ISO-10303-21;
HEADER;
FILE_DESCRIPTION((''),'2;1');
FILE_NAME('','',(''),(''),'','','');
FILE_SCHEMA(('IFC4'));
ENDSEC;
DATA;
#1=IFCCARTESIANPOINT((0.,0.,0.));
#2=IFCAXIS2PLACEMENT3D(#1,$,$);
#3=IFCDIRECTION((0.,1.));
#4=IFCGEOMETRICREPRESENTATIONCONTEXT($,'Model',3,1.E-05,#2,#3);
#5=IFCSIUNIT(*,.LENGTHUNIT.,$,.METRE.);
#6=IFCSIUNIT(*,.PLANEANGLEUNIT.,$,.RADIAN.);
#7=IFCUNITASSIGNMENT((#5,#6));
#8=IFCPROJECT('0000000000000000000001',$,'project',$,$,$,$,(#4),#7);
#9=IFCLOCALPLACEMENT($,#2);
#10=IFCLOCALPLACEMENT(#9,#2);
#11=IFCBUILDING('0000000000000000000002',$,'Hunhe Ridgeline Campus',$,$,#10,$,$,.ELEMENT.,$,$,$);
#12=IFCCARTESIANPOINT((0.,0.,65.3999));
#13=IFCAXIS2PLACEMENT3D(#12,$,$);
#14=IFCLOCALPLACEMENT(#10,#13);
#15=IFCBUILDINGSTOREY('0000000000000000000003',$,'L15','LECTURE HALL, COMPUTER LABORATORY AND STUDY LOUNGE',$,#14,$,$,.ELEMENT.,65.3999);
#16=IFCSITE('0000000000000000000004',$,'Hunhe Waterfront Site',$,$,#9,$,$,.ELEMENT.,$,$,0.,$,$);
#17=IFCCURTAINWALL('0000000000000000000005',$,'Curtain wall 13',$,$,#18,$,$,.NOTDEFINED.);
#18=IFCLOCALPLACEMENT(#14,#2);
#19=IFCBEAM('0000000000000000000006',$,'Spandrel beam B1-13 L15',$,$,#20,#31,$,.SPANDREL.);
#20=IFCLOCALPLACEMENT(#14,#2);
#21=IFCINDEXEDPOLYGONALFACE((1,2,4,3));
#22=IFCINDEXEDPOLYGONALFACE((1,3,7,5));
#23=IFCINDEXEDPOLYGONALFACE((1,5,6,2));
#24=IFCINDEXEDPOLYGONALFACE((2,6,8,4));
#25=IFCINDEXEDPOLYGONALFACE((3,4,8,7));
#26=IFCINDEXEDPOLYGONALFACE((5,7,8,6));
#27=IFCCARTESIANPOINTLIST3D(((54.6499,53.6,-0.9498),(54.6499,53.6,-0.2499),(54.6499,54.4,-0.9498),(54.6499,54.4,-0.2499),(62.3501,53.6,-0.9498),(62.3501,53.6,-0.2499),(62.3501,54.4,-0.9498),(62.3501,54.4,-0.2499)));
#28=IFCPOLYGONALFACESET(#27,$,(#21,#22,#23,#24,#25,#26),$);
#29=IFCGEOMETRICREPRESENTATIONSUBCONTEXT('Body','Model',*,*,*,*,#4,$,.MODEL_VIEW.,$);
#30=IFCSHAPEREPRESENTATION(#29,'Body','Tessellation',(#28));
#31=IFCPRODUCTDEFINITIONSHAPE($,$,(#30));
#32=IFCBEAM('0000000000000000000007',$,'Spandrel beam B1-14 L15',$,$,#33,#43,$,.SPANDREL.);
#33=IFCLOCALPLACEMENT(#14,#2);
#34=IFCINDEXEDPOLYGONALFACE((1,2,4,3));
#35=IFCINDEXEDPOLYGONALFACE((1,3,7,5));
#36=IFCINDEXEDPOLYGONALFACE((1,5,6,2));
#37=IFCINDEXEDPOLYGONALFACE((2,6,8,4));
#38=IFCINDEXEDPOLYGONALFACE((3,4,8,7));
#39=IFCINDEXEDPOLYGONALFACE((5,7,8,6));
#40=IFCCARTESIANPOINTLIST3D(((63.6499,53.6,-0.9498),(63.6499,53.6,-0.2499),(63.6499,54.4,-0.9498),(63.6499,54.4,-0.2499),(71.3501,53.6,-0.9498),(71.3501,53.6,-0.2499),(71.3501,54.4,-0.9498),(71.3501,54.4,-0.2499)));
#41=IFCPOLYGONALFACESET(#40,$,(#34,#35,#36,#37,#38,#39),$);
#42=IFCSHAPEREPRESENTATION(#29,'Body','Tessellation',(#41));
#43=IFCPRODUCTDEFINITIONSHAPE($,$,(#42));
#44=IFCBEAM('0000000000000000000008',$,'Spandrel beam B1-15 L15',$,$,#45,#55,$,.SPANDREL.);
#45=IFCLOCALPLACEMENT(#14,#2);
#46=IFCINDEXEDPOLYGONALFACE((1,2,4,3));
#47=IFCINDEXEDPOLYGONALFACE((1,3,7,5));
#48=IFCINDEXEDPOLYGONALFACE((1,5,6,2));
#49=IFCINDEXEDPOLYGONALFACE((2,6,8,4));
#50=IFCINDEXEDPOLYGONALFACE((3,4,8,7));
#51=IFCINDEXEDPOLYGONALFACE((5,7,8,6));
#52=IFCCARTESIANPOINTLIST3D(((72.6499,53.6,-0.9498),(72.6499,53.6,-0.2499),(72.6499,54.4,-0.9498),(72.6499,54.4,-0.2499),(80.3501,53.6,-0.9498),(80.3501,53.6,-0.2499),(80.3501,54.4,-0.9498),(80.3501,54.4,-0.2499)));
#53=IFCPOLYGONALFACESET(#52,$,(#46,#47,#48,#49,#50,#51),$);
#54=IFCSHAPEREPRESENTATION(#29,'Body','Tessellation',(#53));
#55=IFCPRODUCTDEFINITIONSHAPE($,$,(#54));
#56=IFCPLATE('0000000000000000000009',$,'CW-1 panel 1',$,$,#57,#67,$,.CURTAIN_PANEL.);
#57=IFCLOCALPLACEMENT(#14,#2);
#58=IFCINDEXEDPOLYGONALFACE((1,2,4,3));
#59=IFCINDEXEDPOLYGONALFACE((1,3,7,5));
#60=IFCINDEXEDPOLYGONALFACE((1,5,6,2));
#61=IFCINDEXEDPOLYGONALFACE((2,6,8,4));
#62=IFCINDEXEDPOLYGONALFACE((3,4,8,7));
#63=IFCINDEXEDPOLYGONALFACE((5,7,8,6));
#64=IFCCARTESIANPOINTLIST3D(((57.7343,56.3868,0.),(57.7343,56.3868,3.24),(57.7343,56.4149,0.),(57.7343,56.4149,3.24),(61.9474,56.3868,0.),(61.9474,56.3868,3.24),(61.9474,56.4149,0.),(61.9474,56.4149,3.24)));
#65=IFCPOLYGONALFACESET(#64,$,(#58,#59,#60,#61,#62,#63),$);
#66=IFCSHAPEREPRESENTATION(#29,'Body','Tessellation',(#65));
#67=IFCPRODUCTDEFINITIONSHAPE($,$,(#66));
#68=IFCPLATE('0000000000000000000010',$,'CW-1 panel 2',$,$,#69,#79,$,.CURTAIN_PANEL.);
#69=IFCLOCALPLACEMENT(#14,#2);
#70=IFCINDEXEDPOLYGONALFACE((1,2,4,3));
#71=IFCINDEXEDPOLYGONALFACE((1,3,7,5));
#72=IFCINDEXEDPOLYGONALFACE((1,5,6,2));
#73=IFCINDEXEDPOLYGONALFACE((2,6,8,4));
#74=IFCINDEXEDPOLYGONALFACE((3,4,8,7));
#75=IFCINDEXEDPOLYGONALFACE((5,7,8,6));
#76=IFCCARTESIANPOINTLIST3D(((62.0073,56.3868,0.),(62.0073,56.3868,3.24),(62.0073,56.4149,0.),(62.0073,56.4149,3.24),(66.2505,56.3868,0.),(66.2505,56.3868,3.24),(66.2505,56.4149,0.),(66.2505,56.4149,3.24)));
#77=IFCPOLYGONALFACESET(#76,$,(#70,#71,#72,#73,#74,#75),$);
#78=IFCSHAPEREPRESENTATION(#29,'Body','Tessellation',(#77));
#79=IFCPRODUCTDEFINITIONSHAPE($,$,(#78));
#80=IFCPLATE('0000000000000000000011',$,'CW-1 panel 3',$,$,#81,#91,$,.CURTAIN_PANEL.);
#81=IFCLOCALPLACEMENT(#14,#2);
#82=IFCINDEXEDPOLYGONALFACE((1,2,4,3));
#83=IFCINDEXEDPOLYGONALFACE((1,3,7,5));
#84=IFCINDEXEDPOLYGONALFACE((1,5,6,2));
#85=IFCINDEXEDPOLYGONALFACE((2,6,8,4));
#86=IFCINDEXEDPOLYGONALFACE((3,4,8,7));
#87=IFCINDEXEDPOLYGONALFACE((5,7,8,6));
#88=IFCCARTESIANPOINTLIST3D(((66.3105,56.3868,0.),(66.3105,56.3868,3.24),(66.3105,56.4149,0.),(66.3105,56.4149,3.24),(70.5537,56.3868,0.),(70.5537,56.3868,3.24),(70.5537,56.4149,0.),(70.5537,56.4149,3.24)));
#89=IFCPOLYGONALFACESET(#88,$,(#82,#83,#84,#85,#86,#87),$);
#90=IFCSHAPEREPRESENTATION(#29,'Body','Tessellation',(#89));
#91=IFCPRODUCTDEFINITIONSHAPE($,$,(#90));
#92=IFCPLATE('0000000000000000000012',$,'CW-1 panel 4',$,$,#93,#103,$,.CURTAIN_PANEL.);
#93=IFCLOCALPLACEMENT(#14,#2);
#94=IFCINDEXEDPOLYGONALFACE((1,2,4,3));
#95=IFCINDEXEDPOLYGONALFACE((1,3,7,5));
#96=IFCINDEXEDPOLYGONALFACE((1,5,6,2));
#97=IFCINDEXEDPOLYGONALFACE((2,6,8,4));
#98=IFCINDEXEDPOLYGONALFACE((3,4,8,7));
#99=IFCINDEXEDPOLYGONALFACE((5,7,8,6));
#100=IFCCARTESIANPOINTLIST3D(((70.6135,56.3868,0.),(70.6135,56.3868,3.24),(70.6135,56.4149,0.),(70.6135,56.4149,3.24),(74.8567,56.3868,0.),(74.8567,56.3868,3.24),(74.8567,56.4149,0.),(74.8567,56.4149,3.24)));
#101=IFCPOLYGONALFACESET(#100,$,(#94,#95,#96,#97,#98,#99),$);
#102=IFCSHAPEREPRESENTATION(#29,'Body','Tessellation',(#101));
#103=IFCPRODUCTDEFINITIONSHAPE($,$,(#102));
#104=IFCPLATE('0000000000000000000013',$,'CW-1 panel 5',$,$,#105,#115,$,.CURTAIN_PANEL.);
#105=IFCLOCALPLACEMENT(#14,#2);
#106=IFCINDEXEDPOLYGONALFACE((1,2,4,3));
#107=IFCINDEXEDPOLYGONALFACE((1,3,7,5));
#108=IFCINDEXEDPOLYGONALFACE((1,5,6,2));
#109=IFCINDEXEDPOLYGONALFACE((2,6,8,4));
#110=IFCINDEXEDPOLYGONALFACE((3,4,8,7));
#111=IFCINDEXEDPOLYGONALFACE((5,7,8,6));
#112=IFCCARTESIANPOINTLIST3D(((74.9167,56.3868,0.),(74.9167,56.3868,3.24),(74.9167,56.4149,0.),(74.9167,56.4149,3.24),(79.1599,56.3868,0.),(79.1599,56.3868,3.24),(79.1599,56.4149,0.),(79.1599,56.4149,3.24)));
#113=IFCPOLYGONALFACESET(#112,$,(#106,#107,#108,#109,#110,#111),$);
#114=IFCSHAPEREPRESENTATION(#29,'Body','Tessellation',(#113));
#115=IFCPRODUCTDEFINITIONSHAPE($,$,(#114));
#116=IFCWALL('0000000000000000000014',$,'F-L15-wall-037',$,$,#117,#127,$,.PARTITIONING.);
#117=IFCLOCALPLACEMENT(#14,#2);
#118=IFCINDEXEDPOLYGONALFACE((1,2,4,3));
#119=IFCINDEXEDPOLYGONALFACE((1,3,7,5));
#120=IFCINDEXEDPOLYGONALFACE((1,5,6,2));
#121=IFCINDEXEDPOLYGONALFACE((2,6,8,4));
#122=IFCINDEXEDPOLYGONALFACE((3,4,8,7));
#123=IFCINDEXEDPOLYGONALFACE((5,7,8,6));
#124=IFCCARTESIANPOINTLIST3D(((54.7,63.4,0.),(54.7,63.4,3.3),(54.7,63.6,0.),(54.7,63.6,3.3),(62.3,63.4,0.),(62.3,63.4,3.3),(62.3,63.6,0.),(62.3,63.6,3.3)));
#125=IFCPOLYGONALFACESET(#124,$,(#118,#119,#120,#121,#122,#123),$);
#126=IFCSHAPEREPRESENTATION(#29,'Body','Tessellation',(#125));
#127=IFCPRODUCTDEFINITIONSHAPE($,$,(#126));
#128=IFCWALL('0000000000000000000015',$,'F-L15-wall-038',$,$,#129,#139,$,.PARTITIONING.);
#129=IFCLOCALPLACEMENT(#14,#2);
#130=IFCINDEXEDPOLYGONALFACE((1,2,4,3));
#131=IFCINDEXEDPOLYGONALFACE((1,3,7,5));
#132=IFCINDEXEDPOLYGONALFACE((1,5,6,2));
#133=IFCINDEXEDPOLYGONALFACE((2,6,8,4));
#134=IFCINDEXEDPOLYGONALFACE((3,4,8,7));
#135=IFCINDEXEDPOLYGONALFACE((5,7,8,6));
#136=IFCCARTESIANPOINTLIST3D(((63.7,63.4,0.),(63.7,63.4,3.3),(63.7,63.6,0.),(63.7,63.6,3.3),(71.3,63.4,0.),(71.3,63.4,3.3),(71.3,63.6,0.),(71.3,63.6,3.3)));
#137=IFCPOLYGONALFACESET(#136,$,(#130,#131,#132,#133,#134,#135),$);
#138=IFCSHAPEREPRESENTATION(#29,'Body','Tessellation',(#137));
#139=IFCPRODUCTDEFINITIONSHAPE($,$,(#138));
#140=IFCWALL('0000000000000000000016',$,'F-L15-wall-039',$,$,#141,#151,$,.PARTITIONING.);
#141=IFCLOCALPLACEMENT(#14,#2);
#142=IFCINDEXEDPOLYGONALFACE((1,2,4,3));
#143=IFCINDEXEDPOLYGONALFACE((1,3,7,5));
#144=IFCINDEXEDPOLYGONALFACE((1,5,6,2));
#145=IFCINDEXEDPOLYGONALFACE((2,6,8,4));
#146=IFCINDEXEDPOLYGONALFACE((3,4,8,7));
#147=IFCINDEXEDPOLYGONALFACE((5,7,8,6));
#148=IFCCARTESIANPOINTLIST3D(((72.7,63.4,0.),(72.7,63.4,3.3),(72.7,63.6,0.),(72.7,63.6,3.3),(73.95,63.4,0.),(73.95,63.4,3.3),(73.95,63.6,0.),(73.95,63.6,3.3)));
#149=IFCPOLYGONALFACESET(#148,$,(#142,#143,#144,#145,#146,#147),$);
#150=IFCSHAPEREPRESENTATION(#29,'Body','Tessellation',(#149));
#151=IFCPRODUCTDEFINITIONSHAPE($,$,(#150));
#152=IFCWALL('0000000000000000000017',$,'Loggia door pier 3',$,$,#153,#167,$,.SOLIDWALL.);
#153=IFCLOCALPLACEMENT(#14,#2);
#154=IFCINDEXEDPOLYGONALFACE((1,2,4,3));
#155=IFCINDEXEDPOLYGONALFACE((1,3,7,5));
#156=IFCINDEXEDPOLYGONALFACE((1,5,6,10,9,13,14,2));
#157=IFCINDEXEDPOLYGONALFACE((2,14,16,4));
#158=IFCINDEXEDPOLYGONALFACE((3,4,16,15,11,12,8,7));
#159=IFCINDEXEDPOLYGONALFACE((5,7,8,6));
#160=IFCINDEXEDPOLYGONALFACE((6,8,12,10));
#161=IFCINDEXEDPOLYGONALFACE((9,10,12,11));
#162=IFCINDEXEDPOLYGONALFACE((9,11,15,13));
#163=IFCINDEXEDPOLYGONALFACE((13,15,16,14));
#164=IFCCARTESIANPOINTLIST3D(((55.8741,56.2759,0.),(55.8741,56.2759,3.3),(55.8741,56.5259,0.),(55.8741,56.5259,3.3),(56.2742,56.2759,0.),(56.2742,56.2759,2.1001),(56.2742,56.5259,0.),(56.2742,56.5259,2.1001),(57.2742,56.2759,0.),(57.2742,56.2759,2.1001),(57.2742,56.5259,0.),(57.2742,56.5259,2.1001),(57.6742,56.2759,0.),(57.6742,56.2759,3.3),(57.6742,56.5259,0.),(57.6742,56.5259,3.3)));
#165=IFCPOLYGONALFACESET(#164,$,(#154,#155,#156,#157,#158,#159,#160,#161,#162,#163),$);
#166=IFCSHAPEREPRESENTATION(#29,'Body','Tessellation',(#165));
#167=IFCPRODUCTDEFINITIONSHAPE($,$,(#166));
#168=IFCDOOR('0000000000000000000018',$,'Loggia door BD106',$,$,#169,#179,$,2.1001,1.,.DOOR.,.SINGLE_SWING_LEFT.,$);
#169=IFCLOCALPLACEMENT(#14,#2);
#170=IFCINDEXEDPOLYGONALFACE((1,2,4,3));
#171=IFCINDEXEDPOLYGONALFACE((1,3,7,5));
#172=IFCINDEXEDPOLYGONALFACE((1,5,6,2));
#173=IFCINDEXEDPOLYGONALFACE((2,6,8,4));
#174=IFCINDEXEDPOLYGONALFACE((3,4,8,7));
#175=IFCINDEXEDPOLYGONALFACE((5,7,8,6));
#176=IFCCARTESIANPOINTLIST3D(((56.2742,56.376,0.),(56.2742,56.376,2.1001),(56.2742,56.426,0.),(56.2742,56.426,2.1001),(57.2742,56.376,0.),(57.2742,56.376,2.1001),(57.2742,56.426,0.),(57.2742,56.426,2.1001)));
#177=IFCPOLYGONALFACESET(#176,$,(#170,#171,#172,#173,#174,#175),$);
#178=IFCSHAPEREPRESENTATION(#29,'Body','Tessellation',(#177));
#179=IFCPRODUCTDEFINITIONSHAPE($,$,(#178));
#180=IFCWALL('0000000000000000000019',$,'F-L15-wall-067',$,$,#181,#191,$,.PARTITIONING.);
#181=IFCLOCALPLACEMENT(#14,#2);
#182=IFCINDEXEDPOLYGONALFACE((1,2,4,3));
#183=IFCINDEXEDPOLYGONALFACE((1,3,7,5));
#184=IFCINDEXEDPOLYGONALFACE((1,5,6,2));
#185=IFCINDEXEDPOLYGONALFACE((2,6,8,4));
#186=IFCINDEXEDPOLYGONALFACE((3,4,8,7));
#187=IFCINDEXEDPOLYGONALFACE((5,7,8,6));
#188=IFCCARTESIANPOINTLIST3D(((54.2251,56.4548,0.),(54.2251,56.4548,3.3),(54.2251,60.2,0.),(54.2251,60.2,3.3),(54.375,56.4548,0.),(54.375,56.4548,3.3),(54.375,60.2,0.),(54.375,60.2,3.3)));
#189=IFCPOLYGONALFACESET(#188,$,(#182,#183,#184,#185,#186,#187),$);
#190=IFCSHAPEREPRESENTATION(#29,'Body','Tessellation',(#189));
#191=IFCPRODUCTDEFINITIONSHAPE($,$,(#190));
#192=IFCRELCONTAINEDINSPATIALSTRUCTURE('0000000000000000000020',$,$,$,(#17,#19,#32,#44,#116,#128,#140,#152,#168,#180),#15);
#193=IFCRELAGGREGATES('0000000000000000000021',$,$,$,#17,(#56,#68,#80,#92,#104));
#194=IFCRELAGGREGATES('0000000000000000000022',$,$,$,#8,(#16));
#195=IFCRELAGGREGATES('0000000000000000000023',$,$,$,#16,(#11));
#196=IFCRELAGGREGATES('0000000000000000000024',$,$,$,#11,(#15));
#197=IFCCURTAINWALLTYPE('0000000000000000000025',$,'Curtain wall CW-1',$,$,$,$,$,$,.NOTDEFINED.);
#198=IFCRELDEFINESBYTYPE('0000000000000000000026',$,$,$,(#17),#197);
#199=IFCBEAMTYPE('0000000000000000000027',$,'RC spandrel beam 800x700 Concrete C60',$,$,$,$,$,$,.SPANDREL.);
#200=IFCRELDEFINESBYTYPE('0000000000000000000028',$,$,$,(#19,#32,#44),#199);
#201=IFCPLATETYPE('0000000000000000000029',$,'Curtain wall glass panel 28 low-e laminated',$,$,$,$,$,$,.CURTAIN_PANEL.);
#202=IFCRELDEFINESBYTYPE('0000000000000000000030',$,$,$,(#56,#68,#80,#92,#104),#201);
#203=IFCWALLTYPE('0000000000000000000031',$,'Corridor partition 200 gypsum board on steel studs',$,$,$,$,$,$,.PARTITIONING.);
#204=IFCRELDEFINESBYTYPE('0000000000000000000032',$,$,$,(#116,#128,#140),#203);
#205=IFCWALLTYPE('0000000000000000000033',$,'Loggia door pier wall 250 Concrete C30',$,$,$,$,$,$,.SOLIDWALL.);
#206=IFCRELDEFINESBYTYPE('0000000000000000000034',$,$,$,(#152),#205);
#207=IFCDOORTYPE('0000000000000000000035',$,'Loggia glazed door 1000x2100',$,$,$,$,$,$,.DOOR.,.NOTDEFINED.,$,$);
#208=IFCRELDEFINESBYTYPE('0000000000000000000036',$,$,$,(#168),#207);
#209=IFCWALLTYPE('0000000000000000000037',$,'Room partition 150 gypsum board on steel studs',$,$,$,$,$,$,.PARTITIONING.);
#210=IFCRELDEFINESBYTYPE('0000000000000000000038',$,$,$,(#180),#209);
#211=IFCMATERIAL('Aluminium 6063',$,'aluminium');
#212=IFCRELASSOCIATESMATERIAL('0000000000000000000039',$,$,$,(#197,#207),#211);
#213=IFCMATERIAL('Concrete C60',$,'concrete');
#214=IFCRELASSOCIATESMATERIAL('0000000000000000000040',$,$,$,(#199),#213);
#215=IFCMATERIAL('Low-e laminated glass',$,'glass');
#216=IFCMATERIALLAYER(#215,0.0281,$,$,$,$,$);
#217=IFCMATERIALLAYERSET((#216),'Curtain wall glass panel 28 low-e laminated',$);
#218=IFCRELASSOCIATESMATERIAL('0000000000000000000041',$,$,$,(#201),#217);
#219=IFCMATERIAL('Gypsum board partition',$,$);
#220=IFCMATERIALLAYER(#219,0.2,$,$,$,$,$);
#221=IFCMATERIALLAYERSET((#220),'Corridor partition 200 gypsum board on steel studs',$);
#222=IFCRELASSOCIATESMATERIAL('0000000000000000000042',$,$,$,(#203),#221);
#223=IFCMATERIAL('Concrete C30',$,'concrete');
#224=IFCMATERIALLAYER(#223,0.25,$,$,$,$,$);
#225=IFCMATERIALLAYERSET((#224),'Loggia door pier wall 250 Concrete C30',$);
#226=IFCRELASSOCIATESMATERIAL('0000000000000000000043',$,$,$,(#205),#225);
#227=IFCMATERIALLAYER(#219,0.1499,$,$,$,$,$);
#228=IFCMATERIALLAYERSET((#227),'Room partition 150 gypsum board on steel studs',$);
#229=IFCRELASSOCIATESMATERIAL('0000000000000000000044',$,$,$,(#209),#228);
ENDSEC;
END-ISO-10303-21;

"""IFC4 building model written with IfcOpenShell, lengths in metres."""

from ifc_helpers import new_model, si_unit, direction, frame, frame_2d, origin, origin_2d, place, context, subcontext, project, spatial, rectangle, extrude, material, layer, layer_set, material_profile, profile_set, type_object, element, fill, aggregate, save


model = new_model("IFC4")

# Units and contexts
model_context = context("Model", 3, precision=1e-05, world=origin(), true_north=direction((0.0, 1.0)))
body_context = subcontext(model_context, "Body", "Model", "MODEL_VIEW")
ifc_project = project(units=[si_unit("LENGTHUNIT", "METRE"), si_unit("PLANEANGLEUNIT", "RADIAN")], contexts=[model_context])

# Site, building, storey
site_placement = place(None, origin())
site = spatial("IfcSite", under=ifc_project, at=site_placement, Name="Hunhe Waterfront Site", CompositionType="ELEMENT", RefElevation=0.0)
building_placement = place(site_placement, origin())
building = spatial("IfcBuilding", under=site, at=building_placement, Name="Hunhe Ridgeline Campus", CompositionType="ELEMENT")
storey_placement = place(building_placement, frame((0.0, 0.0, 65.3999)))
storey = spatial("IfcBuildingStorey", under=building, at=storey_placement, Name="L15", Description="LECTURE HALL, COMPUTER LABORATORY AND STUDY LOUNGE", CompositionType="ELEMENT", Elevation=65.3999)

# Shared definitions
ifc_material_1 = material(Name="Aluminium 6063", Category="aluminium")
curtain_wall_type = type_object("IfcCurtainWallType", Name="Curtain wall CW-1", PredefinedType="NOTDEFINED", material=ifc_material_1)

# Curtain wall
curtain_wall_1_placement = place(storey_placement, origin())
curtain_wall_1 = element("IfcCurtainWall", 1, at=curtain_wall_1_placement, inside=storey, type_object=curtain_wall_type, Name="Curtain wall 13", PredefinedType="NOTDEFINED")

# Beams
ifc_material_2 = material(Name="Concrete C60", Category="concrete")
ifc_material_profile_1 = material_profile(ifc_material_2, rectangle(XDim=0.8, YDim=0.7, at=origin_2d()))
ifc_profile_set_1 = profile_set([ifc_material_profile_1], Name="Concrete C60")
beam_type = type_object("IfcBeamType", Name="RC spandrel beam 800x700 Concrete C60", PredefinedType="SPANDREL", material=ifc_profile_set_1)
for number, where, z_axis, x_axis, name in (
    (2, (54.6499, 54.0, -0.5999), (1.0, 0.0, 0.0), (0.0, 1.0, 0.0), "Spandrel beam B1-13 L15"),
    (3, (63.6499, 54.0, -0.5999), (1.0, 0.0, 0.0), (0.0, 1.0, 0.0), "Spandrel beam B1-14 L15"),
    (4, (72.6499, 54.0, -0.5999), (1.0, 0.0, 0.0), (0.0, 1.0, 0.0), "Spandrel beam B1-15 L15"),
):
    element("IfcBeam", number, at=place(storey_placement, frame(where, z_axis=z_axis, x_axis=x_axis)), inside=storey, type_object=beam_type, Name=name, PredefinedType="SPANDREL", context=body_context, shape_type="SweptSolid", body=[
        extrude(rectangle(XDim=0.8, YDim=0.7, at=origin_2d()), origin(), (0.0, 0.0, 1.0), 7.7002),
    ])

# Plates
ifc_material_3 = material(Name="Low-e laminated glass", Category="glass")
ifc_layer_1 = layer(ifc_material_3, 0.0281)
ifc_layer_set_1 = layer_set([ifc_layer_1], Name="Curtain wall glass panel 28 low-e laminated")
plate_type = type_object("IfcPlateType", Name="Curtain wall glass panel 28 low-e laminated", PredefinedType="CURTAIN_PANEL", material=ifc_layer_set_1)
plate_1_placement = place(storey_placement, frame((59.8408, 56.4009, 0.0), z_axis=(0.0, 0.0, 1.0), x_axis=(1.0, 0.000004, 0.0)))
plate_1 = element("IfcPlate", 5, at=plate_1_placement, type_object=plate_type, Name="CW-1 panel 1", PredefinedType="CURTAIN_PANEL", context=body_context, shape_type="SweptSolid", body=[
    extrude(rectangle(XDim=4.2131, YDim=0.0281, at=origin_2d()), origin(), (0.0, 0.0, 1.0), 3.24),
])
plate_2_placement = place(storey_placement, frame((64.1289, 56.4009, 0.0), z_axis=(0.0, 0.0, 1.0), x_axis=(1.0, 0.000004, 0.0)))
plate_2 = element("IfcPlate", 6, at=plate_2_placement, type_object=plate_type, Name="CW-1 panel 2", PredefinedType="CURTAIN_PANEL", context=body_context, shape_type="SweptSolid", body=[
    extrude(rectangle(XDim=4.2432, YDim=0.0281, at=origin_2d()), origin(), (0.0, 0.0, 1.0), 3.24),
])
plate_3_placement = place(storey_placement, frame((68.4321, 56.4009, 0.0), z_axis=(0.0, 0.0, 1.0), x_axis=(1.0, 0.000004, 0.0)))
plate_3 = element("IfcPlate", 7, at=plate_3_placement, type_object=plate_type, Name="CW-1 panel 3", PredefinedType="CURTAIN_PANEL", context=body_context, shape_type="SweptSolid", body=[
    extrude(rectangle(XDim=4.2432, YDim=0.0281, at=origin_2d()), origin(), (0.0, 0.0, 1.0), 3.24),
])
plate_4_placement = place(storey_placement, frame((72.7351, 56.4009, 0.0), z_axis=(0.0, 0.0, 1.0), x_axis=(1.0, 0.000004, 0.0)))
plate_4 = element("IfcPlate", 8, at=plate_4_placement, type_object=plate_type, Name="CW-1 panel 4", PredefinedType="CURTAIN_PANEL", context=body_context, shape_type="SweptSolid", body=[
    extrude(rectangle(XDim=4.2432, YDim=0.0281, at=origin_2d()), origin(), (0.0, 0.0, 1.0), 3.24),
])
plate_5_placement = place(storey_placement, frame((77.0383, 56.4009, 0.0), z_axis=(0.0, 0.0, 1.0), x_axis=(1.0, 0.000004, 0.0)))
plate_5 = element("IfcPlate", 9, at=plate_5_placement, type_object=plate_type, Name="CW-1 panel 5", PredefinedType="CURTAIN_PANEL", context=body_context, shape_type="SweptSolid", body=[
    extrude(rectangle(XDim=4.2432, YDim=0.0281, at=origin_2d()), origin(), (0.0, 0.0, 1.0), 3.24),
])
aggregate(curtain_wall_1, [plate_1, plate_2, plate_3, plate_4, plate_5])

# Walls
ifc_material_4 = material(Name="Gypsum board partition")
ifc_layer_2 = layer(ifc_material_4, 0.2)
ifc_layer_set_2 = layer_set([ifc_layer_2], Name="Corridor partition 200 gypsum board on steel studs")
wall_type_1 = type_object("IfcWallType", Name="Corridor partition 200 gypsum board on steel studs", PredefinedType="PARTITIONING", material=ifc_layer_set_2)
for number, where, z_axis, x_axis, name in (
    (10, (54.7, 63.5, 0.0), (0.0, 0.0, 1.0), (1.0, 0.0, 0.0), "F-L15-wall-037"),
    (11, (63.7, 63.5, 0.0), (0.0, 0.0, 1.0), (1.0, 0.0, 0.0), "F-L15-wall-038"),
):
    element("IfcWall", number, at=place(storey_placement, frame(where, z_axis=z_axis, x_axis=x_axis)), inside=storey, type_object=wall_type_1, Name=name, PredefinedType="PARTITIONING", context=body_context, shape_type="SweptSolid", body=[
        extrude(rectangle(XDim=7.6001, YDim=0.2, at=frame_2d((3.8, 0.0))), origin(), (0.0, 0.0, 1.0), 3.3),
    ])
wall_1_placement = place(storey_placement, frame((72.7, 63.5, 0.0), z_axis=(0.0, 0.0, 1.0), x_axis=(1.0, 0.0, 0.0)))
element("IfcWall", 12, at=wall_1_placement, inside=storey, type_object=wall_type_1, Name="F-L15-wall-039", PredefinedType="PARTITIONING", context=body_context, shape_type="SweptSolid", body=[
    extrude(rectangle(XDim=1.25, YDim=0.2, at=frame_2d((0.625, 0.0))), origin(), (0.0, 0.0, 1.0), 3.3),
])

# Wall, opening, door
ifc_material_5 = material(Name="Concrete C30", Category="concrete")
ifc_layer_3 = layer(ifc_material_5, 0.25)
ifc_layer_set_3 = layer_set([ifc_layer_3], Name="Loggia door pier wall 250 Concrete C30")
wall_type_2 = type_object("IfcWallType", Name="Loggia door pier wall 250 Concrete C30", PredefinedType="SOLIDWALL", material=ifc_layer_set_3)
wall_2_placement = place(storey_placement, frame((55.8743, 56.4009, 0.0), z_axis=(0.0, 0.0, 1.0), x_axis=(1.0, 0.0, 0.0)))
wall_2 = element("IfcWall", 13, at=wall_2_placement, inside=storey, type_object=wall_type_2, Name="Loggia door pier 3", PredefinedType="SOLIDWALL", context=body_context, shape_type="SweptSolid", body=[
    extrude(rectangle(XDim=1.8, YDim=0.25, at=frame_2d((0.8999, 0.0))), origin(), (0.0, 0.0, 1.0), 3.3),
])
opening_placement = place(wall_2_placement, frame((0.3999, 0.0, 0.0)))
opening = element("IfcOpeningElement", 14, at=opening_placement, cuts=wall_2, PredefinedType="OPENING", context=body_context, shape_type="SweptSolid", body=[
    extrude(rectangle(XDim=1.0, YDim=2.1001, at=frame_2d((0.5, 1.05))), frame((0.0, 0.125, 0.0), z_axis=(0.0, -1.0, 0.0), x_axis=(1.0, 0.0, 0.0)), (0.0, 0.0, 1.0), 0.25),
])
door_type = type_object("IfcDoorType", Name="Loggia glazed door 1000x2100", OperationType="NOTDEFINED", PredefinedType="DOOR", material=ifc_material_1)
door_placement = place(opening_placement, frame((1.0, 0.0, 0.0), z_axis=(0.0, 0.0, 1.0), x_axis=(-1.0, 0.0, 0.0)))
door = element("IfcDoor", 15, at=door_placement, inside=storey, type_object=door_type, Name="Loggia door BD106", OperationType="SINGLE_SWING_LEFT", OverallHeight=2.1001, OverallWidth=1.0, PredefinedType="DOOR", context=body_context, shape_type="SweptSolid", body=[
    extrude(rectangle(XDim=1.0, YDim=2.1001, at=frame_2d((0.5, 1.05))), frame((0.0, 0.0249, 0.0), z_axis=(0.0, -1.0, 0.0), x_axis=(1.0, 0.0, 0.0)), (0.0, 0.0, 1.0), 0.05),
])
fill(opening, door)

# Wall
ifc_layer_4 = layer(ifc_material_4, 0.1499)
ifc_layer_set_4 = layer_set([ifc_layer_4], Name="Room partition 150 gypsum board on steel studs")
wall_type_3 = type_object("IfcWallType", Name="Room partition 150 gypsum board on steel studs", PredefinedType="PARTITIONING", material=ifc_layer_set_4)
for number, where, z_axis, x_axis, name in (
    (16, (54.3, 60.2, 0.0), (0.0, 0.0, 1.0), (0.0, -1.0, 0.0), "F-L15-wall-067"),
):
    element("IfcWall", number, at=place(storey_placement, frame(where, z_axis=z_axis, x_axis=x_axis)), inside=storey, type_object=wall_type_3, Name=name, PredefinedType="PARTITIONING", context=body_context, shape_type="SweptSolid", body=[
        extrude(rectangle(XDim=3.7451, YDim=0.1499, at=frame_2d((1.8726, 0.0))), origin(), (0.0, 0.0, 1.0), 3.3),
    ])

save(model, "model.ifc")
